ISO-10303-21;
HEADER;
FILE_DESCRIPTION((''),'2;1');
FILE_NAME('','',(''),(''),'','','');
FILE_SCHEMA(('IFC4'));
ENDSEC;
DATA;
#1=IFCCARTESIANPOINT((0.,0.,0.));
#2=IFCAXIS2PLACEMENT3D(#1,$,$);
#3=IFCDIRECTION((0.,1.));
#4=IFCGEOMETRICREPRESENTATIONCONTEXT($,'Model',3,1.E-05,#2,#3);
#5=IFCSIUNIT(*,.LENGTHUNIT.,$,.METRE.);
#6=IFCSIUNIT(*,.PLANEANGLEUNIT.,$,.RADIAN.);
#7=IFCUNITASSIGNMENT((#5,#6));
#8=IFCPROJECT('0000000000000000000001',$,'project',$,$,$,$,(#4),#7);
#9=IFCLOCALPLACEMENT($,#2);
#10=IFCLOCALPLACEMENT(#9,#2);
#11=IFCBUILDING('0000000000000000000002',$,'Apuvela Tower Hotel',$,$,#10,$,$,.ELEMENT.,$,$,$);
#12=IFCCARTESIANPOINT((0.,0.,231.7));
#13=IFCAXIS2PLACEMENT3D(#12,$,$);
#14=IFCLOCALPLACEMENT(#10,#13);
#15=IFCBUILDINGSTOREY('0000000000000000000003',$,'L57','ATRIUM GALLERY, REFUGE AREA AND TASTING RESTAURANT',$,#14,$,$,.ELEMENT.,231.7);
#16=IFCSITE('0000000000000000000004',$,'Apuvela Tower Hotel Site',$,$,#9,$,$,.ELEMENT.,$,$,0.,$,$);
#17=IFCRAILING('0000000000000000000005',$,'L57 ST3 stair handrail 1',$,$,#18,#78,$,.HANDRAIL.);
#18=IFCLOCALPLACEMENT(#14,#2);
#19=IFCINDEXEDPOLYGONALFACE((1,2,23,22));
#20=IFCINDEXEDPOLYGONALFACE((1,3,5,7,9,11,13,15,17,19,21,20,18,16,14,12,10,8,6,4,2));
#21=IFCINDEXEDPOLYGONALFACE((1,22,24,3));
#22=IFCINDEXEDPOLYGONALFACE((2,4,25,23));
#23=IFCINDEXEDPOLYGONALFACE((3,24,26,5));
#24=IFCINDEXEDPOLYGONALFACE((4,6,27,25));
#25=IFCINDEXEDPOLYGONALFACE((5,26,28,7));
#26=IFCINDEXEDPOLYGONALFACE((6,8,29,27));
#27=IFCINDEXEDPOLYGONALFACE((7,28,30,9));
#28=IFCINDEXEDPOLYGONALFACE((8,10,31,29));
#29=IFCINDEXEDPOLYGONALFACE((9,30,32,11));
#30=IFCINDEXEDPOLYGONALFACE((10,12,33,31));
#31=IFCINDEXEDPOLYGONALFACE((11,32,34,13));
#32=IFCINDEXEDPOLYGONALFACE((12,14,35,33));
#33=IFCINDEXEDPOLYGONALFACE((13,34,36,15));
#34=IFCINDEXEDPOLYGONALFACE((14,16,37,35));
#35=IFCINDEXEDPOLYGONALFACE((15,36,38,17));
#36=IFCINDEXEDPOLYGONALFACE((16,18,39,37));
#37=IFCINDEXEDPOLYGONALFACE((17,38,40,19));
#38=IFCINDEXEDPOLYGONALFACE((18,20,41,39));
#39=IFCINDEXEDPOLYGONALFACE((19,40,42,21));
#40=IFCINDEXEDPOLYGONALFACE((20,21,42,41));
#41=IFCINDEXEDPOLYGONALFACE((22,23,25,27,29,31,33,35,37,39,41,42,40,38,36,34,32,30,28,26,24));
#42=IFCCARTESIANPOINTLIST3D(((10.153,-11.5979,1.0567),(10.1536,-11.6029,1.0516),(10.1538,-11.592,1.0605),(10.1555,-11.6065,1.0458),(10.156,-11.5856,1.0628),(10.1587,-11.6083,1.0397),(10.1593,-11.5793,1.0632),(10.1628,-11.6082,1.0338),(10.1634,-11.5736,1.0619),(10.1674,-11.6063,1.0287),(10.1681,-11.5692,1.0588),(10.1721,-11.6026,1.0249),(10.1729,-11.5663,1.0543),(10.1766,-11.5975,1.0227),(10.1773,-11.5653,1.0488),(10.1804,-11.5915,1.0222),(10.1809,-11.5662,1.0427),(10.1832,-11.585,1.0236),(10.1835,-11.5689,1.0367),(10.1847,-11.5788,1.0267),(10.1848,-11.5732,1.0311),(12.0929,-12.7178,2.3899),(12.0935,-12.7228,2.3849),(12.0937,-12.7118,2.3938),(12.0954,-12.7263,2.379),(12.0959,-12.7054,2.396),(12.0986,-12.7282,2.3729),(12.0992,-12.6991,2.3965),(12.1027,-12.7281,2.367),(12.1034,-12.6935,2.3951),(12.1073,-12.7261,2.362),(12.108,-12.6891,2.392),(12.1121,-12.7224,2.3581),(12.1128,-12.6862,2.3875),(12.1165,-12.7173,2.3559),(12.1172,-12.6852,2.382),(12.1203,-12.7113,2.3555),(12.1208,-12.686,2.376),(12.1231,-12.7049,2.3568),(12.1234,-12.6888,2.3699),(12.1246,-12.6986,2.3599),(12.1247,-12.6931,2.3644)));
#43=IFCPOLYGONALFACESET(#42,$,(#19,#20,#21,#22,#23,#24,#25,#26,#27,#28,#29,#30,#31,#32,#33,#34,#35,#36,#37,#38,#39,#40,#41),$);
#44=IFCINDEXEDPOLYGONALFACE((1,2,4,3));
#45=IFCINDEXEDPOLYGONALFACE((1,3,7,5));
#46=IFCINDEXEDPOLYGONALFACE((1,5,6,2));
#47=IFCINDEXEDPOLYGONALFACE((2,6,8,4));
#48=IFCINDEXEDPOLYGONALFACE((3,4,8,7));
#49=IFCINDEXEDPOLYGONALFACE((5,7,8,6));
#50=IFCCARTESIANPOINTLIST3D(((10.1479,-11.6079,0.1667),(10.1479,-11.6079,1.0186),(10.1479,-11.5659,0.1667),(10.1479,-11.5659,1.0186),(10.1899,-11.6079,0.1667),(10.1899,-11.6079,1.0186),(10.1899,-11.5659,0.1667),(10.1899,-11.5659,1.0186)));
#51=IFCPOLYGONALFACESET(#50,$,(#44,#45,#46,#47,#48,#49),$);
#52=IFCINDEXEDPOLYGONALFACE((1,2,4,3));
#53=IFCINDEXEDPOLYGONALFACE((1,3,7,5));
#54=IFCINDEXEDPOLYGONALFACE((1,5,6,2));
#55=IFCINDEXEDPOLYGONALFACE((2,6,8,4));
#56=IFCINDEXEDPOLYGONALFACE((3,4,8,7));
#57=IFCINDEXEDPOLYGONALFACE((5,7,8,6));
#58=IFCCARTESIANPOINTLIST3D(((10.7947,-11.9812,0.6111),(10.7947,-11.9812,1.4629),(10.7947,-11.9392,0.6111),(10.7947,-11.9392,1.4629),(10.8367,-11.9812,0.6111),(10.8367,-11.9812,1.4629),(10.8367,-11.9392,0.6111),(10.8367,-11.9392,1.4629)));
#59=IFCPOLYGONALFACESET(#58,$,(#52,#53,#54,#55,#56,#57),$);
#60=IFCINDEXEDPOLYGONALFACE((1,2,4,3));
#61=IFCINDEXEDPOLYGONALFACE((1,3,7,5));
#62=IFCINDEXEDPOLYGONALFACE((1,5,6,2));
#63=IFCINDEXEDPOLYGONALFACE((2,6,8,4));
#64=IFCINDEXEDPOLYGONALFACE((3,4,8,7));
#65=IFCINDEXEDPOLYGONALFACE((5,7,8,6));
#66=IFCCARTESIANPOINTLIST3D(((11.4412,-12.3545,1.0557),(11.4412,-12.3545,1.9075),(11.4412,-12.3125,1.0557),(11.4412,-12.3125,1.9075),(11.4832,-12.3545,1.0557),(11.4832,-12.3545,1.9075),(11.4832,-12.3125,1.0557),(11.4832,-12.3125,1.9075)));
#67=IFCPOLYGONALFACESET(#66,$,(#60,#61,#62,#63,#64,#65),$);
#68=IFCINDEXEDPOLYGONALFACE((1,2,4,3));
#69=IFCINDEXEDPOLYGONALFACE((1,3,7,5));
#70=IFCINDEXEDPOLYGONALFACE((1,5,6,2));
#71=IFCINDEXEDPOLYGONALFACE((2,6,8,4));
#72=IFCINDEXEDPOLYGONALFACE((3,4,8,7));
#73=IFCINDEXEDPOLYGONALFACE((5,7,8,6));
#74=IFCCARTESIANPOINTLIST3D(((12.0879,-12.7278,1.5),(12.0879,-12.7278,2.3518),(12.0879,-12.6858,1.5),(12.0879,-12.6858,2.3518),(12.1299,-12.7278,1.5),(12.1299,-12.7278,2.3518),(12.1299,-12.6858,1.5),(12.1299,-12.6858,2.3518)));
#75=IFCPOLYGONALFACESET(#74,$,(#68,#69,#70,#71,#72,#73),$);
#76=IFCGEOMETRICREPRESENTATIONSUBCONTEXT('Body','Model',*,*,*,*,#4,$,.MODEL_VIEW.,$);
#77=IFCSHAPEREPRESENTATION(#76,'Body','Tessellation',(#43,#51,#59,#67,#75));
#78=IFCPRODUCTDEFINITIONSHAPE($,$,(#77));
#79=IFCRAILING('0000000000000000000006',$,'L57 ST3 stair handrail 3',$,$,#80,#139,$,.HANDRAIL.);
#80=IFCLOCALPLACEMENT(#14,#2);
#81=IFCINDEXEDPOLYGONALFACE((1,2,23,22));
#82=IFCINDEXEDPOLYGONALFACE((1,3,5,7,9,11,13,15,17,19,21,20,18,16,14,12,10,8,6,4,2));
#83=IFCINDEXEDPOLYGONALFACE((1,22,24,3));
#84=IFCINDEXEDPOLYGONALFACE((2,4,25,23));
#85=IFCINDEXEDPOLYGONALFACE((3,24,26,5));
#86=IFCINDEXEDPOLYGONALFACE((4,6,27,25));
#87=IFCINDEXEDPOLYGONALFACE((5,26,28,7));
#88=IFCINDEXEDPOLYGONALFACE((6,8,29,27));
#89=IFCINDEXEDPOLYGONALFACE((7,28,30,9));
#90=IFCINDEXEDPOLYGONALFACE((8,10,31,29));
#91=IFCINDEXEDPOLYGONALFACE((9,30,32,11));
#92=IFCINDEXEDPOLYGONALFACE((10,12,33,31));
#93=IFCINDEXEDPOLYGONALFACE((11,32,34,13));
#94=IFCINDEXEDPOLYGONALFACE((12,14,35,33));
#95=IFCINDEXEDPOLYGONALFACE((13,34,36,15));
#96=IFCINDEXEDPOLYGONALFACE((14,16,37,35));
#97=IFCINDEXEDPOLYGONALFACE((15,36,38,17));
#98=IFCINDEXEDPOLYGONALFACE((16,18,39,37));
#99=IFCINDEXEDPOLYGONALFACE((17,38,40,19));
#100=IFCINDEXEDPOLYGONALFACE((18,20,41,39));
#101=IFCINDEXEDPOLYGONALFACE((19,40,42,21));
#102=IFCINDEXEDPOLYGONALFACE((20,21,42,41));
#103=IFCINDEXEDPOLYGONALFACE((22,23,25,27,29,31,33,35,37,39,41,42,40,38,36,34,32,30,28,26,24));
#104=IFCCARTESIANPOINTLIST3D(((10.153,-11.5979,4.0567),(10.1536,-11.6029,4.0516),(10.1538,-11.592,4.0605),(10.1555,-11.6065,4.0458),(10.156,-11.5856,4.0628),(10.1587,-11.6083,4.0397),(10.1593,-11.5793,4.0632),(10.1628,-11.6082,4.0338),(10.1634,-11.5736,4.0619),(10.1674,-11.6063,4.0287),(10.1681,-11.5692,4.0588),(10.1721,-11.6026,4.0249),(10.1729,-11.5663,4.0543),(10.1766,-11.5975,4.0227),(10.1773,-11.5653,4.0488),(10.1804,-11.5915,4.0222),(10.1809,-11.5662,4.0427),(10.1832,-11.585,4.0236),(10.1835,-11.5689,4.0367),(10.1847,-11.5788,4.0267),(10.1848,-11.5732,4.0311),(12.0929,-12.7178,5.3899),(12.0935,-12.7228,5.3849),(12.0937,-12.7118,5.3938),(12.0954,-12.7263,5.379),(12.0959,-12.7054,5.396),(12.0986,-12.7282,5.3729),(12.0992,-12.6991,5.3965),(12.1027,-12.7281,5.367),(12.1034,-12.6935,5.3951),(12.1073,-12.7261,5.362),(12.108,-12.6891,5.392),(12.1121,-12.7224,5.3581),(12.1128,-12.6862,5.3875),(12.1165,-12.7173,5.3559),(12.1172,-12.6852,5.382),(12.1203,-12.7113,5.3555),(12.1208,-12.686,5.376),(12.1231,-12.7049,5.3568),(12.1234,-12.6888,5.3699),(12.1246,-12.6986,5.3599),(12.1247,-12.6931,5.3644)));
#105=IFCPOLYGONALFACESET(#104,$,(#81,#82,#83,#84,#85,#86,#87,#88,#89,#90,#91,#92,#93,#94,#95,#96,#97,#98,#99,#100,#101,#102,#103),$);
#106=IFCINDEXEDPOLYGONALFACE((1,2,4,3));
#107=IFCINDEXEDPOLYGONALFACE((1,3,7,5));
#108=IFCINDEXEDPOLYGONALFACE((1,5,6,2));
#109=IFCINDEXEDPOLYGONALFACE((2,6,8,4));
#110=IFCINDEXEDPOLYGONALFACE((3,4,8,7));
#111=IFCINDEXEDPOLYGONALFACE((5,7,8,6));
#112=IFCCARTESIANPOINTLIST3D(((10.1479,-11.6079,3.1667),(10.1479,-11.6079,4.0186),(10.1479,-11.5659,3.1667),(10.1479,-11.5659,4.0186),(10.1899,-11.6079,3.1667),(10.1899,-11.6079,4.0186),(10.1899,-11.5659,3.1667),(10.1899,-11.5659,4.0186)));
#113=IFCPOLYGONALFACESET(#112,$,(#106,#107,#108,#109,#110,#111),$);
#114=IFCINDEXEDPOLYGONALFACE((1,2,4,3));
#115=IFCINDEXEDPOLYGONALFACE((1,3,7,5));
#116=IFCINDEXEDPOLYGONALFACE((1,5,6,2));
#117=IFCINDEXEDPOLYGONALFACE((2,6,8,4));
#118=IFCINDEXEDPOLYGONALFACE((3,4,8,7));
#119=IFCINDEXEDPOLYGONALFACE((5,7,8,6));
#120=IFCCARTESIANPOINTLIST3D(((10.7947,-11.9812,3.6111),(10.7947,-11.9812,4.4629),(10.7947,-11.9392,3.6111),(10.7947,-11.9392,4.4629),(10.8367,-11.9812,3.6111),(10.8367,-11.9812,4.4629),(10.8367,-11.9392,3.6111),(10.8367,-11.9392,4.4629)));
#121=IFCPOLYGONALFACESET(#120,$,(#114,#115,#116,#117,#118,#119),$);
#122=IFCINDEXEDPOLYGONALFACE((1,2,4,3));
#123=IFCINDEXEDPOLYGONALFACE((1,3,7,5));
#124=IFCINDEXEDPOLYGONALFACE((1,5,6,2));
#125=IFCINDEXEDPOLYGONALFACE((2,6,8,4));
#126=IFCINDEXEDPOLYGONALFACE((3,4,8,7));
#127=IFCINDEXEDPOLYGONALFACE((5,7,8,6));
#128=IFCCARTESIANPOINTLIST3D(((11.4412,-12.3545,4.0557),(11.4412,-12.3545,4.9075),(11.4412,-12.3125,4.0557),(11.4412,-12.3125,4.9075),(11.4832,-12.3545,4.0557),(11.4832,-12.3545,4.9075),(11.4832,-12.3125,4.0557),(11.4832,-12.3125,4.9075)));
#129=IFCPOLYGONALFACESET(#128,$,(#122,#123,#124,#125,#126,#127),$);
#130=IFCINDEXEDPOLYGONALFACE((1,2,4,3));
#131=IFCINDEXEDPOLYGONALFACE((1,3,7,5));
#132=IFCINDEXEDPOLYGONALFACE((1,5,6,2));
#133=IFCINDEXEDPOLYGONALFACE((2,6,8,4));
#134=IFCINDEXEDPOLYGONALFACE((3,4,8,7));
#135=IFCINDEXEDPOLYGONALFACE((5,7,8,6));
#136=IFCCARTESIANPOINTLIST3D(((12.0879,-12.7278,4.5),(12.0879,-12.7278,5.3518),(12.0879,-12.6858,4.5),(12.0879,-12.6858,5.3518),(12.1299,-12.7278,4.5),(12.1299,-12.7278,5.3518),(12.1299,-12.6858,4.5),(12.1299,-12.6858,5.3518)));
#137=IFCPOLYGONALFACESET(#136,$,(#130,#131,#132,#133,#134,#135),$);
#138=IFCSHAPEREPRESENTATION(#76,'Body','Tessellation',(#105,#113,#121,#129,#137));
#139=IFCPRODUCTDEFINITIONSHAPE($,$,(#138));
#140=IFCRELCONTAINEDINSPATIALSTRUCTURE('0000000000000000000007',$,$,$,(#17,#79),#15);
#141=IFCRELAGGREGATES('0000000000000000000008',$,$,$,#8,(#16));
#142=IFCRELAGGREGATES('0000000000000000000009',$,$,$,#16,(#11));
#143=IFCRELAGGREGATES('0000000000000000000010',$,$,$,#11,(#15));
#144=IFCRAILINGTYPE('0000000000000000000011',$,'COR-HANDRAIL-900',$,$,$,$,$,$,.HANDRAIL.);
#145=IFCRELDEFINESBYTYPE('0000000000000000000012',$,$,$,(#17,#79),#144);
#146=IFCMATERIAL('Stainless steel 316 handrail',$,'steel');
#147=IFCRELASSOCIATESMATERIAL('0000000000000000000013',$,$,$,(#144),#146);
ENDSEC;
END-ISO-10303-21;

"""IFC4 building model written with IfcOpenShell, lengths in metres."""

from ifc_helpers import new_model, si_unit, direction, frame, origin, origin_2d, place, context, subcontext, project, spatial, rectangle, circle, extrude, material, type_object, element, save


model = new_model("IFC4")

# Units and contexts
model_context = context("Model", 3, precision=1e-05, world=origin(), true_north=direction((0.0, 1.0)))
body_context = subcontext(model_context, "Body", "Model", "MODEL_VIEW")
ifc_project = project(units=[si_unit("LENGTHUNIT", "METRE"), si_unit("PLANEANGLEUNIT", "RADIAN")], contexts=[model_context])

# Site, building, storey
site_placement = place(None, origin())
site = spatial("IfcSite", under=ifc_project, at=site_placement, Name="Apuvela Tower Hotel Site", CompositionType="ELEMENT", RefElevation=0.0)
building_placement = place(site_placement, origin())
building = spatial("IfcBuilding", under=site, at=building_placement, Name="Apuvela Tower Hotel", CompositionType="ELEMENT")
storey_placement = place(building_placement, frame((0.0, 0.0, 231.7)))
storey = spatial("IfcBuildingStorey", under=building, at=storey_placement, Name="L57", Description="ATRIUM GALLERY, REFUGE AREA AND TASTING RESTAURANT", CompositionType="ELEMENT", Elevation=231.7)

# Railings
ifc_material_1 = material(Name="Stainless steel 316 handrail", Category="steel")
railing_type_1 = type_object("IfcRailingType", Name="COR-HANDRAIL-900", PredefinedType="HANDRAIL", material=ifc_material_1)
for number, where, name in (
    (1, (10.1689, -11.5869, 0.1667), "L57 ST3 stair handrail 1"),
    (2, (10.1689, -11.5869, 3.1667), "L57 ST3 stair handrail 3"),
):
    element("IfcRailing", number, at=place(storey_placement, frame(where)), inside=storey, type_object=railing_type_1, Name=name, PredefinedType="HANDRAIL", context=body_context, shape_type="SweptSolid", body=[
        extrude(circle(Radius=0.0239, at=origin_2d()), frame((0.0, 0.0, 0.876), z_axis=(0.744205, -0.429608, 0.511465), x_axis=(0.499949, 0.866055, 0.0)), (0.0, 0.0, 1.0), 2.6067),
        extrude(rectangle(XDim=0.042, YDim=0.042, at=origin_2d()), origin(), (0.0, 0.0, 1.0), 0.8518),
        extrude(rectangle(XDim=0.042, YDim=0.042, at=origin_2d()), frame((0.6467, -0.3733, 0.4443)), (0.0, 0.0, 1.0), 0.8518),
        extrude(rectangle(XDim=0.042, YDim=0.042, at=origin_2d()), frame((1.2932, -0.7466, 0.8889)), (0.0, 0.0, 1.0), 0.8518),
        extrude(rectangle(XDim=0.042, YDim=0.042, at=origin_2d()), frame((1.9399, -1.1199, 1.3333)), (0.0, 0.0, 1.0), 0.8518),
    ])

save(model, "model.ifc")
